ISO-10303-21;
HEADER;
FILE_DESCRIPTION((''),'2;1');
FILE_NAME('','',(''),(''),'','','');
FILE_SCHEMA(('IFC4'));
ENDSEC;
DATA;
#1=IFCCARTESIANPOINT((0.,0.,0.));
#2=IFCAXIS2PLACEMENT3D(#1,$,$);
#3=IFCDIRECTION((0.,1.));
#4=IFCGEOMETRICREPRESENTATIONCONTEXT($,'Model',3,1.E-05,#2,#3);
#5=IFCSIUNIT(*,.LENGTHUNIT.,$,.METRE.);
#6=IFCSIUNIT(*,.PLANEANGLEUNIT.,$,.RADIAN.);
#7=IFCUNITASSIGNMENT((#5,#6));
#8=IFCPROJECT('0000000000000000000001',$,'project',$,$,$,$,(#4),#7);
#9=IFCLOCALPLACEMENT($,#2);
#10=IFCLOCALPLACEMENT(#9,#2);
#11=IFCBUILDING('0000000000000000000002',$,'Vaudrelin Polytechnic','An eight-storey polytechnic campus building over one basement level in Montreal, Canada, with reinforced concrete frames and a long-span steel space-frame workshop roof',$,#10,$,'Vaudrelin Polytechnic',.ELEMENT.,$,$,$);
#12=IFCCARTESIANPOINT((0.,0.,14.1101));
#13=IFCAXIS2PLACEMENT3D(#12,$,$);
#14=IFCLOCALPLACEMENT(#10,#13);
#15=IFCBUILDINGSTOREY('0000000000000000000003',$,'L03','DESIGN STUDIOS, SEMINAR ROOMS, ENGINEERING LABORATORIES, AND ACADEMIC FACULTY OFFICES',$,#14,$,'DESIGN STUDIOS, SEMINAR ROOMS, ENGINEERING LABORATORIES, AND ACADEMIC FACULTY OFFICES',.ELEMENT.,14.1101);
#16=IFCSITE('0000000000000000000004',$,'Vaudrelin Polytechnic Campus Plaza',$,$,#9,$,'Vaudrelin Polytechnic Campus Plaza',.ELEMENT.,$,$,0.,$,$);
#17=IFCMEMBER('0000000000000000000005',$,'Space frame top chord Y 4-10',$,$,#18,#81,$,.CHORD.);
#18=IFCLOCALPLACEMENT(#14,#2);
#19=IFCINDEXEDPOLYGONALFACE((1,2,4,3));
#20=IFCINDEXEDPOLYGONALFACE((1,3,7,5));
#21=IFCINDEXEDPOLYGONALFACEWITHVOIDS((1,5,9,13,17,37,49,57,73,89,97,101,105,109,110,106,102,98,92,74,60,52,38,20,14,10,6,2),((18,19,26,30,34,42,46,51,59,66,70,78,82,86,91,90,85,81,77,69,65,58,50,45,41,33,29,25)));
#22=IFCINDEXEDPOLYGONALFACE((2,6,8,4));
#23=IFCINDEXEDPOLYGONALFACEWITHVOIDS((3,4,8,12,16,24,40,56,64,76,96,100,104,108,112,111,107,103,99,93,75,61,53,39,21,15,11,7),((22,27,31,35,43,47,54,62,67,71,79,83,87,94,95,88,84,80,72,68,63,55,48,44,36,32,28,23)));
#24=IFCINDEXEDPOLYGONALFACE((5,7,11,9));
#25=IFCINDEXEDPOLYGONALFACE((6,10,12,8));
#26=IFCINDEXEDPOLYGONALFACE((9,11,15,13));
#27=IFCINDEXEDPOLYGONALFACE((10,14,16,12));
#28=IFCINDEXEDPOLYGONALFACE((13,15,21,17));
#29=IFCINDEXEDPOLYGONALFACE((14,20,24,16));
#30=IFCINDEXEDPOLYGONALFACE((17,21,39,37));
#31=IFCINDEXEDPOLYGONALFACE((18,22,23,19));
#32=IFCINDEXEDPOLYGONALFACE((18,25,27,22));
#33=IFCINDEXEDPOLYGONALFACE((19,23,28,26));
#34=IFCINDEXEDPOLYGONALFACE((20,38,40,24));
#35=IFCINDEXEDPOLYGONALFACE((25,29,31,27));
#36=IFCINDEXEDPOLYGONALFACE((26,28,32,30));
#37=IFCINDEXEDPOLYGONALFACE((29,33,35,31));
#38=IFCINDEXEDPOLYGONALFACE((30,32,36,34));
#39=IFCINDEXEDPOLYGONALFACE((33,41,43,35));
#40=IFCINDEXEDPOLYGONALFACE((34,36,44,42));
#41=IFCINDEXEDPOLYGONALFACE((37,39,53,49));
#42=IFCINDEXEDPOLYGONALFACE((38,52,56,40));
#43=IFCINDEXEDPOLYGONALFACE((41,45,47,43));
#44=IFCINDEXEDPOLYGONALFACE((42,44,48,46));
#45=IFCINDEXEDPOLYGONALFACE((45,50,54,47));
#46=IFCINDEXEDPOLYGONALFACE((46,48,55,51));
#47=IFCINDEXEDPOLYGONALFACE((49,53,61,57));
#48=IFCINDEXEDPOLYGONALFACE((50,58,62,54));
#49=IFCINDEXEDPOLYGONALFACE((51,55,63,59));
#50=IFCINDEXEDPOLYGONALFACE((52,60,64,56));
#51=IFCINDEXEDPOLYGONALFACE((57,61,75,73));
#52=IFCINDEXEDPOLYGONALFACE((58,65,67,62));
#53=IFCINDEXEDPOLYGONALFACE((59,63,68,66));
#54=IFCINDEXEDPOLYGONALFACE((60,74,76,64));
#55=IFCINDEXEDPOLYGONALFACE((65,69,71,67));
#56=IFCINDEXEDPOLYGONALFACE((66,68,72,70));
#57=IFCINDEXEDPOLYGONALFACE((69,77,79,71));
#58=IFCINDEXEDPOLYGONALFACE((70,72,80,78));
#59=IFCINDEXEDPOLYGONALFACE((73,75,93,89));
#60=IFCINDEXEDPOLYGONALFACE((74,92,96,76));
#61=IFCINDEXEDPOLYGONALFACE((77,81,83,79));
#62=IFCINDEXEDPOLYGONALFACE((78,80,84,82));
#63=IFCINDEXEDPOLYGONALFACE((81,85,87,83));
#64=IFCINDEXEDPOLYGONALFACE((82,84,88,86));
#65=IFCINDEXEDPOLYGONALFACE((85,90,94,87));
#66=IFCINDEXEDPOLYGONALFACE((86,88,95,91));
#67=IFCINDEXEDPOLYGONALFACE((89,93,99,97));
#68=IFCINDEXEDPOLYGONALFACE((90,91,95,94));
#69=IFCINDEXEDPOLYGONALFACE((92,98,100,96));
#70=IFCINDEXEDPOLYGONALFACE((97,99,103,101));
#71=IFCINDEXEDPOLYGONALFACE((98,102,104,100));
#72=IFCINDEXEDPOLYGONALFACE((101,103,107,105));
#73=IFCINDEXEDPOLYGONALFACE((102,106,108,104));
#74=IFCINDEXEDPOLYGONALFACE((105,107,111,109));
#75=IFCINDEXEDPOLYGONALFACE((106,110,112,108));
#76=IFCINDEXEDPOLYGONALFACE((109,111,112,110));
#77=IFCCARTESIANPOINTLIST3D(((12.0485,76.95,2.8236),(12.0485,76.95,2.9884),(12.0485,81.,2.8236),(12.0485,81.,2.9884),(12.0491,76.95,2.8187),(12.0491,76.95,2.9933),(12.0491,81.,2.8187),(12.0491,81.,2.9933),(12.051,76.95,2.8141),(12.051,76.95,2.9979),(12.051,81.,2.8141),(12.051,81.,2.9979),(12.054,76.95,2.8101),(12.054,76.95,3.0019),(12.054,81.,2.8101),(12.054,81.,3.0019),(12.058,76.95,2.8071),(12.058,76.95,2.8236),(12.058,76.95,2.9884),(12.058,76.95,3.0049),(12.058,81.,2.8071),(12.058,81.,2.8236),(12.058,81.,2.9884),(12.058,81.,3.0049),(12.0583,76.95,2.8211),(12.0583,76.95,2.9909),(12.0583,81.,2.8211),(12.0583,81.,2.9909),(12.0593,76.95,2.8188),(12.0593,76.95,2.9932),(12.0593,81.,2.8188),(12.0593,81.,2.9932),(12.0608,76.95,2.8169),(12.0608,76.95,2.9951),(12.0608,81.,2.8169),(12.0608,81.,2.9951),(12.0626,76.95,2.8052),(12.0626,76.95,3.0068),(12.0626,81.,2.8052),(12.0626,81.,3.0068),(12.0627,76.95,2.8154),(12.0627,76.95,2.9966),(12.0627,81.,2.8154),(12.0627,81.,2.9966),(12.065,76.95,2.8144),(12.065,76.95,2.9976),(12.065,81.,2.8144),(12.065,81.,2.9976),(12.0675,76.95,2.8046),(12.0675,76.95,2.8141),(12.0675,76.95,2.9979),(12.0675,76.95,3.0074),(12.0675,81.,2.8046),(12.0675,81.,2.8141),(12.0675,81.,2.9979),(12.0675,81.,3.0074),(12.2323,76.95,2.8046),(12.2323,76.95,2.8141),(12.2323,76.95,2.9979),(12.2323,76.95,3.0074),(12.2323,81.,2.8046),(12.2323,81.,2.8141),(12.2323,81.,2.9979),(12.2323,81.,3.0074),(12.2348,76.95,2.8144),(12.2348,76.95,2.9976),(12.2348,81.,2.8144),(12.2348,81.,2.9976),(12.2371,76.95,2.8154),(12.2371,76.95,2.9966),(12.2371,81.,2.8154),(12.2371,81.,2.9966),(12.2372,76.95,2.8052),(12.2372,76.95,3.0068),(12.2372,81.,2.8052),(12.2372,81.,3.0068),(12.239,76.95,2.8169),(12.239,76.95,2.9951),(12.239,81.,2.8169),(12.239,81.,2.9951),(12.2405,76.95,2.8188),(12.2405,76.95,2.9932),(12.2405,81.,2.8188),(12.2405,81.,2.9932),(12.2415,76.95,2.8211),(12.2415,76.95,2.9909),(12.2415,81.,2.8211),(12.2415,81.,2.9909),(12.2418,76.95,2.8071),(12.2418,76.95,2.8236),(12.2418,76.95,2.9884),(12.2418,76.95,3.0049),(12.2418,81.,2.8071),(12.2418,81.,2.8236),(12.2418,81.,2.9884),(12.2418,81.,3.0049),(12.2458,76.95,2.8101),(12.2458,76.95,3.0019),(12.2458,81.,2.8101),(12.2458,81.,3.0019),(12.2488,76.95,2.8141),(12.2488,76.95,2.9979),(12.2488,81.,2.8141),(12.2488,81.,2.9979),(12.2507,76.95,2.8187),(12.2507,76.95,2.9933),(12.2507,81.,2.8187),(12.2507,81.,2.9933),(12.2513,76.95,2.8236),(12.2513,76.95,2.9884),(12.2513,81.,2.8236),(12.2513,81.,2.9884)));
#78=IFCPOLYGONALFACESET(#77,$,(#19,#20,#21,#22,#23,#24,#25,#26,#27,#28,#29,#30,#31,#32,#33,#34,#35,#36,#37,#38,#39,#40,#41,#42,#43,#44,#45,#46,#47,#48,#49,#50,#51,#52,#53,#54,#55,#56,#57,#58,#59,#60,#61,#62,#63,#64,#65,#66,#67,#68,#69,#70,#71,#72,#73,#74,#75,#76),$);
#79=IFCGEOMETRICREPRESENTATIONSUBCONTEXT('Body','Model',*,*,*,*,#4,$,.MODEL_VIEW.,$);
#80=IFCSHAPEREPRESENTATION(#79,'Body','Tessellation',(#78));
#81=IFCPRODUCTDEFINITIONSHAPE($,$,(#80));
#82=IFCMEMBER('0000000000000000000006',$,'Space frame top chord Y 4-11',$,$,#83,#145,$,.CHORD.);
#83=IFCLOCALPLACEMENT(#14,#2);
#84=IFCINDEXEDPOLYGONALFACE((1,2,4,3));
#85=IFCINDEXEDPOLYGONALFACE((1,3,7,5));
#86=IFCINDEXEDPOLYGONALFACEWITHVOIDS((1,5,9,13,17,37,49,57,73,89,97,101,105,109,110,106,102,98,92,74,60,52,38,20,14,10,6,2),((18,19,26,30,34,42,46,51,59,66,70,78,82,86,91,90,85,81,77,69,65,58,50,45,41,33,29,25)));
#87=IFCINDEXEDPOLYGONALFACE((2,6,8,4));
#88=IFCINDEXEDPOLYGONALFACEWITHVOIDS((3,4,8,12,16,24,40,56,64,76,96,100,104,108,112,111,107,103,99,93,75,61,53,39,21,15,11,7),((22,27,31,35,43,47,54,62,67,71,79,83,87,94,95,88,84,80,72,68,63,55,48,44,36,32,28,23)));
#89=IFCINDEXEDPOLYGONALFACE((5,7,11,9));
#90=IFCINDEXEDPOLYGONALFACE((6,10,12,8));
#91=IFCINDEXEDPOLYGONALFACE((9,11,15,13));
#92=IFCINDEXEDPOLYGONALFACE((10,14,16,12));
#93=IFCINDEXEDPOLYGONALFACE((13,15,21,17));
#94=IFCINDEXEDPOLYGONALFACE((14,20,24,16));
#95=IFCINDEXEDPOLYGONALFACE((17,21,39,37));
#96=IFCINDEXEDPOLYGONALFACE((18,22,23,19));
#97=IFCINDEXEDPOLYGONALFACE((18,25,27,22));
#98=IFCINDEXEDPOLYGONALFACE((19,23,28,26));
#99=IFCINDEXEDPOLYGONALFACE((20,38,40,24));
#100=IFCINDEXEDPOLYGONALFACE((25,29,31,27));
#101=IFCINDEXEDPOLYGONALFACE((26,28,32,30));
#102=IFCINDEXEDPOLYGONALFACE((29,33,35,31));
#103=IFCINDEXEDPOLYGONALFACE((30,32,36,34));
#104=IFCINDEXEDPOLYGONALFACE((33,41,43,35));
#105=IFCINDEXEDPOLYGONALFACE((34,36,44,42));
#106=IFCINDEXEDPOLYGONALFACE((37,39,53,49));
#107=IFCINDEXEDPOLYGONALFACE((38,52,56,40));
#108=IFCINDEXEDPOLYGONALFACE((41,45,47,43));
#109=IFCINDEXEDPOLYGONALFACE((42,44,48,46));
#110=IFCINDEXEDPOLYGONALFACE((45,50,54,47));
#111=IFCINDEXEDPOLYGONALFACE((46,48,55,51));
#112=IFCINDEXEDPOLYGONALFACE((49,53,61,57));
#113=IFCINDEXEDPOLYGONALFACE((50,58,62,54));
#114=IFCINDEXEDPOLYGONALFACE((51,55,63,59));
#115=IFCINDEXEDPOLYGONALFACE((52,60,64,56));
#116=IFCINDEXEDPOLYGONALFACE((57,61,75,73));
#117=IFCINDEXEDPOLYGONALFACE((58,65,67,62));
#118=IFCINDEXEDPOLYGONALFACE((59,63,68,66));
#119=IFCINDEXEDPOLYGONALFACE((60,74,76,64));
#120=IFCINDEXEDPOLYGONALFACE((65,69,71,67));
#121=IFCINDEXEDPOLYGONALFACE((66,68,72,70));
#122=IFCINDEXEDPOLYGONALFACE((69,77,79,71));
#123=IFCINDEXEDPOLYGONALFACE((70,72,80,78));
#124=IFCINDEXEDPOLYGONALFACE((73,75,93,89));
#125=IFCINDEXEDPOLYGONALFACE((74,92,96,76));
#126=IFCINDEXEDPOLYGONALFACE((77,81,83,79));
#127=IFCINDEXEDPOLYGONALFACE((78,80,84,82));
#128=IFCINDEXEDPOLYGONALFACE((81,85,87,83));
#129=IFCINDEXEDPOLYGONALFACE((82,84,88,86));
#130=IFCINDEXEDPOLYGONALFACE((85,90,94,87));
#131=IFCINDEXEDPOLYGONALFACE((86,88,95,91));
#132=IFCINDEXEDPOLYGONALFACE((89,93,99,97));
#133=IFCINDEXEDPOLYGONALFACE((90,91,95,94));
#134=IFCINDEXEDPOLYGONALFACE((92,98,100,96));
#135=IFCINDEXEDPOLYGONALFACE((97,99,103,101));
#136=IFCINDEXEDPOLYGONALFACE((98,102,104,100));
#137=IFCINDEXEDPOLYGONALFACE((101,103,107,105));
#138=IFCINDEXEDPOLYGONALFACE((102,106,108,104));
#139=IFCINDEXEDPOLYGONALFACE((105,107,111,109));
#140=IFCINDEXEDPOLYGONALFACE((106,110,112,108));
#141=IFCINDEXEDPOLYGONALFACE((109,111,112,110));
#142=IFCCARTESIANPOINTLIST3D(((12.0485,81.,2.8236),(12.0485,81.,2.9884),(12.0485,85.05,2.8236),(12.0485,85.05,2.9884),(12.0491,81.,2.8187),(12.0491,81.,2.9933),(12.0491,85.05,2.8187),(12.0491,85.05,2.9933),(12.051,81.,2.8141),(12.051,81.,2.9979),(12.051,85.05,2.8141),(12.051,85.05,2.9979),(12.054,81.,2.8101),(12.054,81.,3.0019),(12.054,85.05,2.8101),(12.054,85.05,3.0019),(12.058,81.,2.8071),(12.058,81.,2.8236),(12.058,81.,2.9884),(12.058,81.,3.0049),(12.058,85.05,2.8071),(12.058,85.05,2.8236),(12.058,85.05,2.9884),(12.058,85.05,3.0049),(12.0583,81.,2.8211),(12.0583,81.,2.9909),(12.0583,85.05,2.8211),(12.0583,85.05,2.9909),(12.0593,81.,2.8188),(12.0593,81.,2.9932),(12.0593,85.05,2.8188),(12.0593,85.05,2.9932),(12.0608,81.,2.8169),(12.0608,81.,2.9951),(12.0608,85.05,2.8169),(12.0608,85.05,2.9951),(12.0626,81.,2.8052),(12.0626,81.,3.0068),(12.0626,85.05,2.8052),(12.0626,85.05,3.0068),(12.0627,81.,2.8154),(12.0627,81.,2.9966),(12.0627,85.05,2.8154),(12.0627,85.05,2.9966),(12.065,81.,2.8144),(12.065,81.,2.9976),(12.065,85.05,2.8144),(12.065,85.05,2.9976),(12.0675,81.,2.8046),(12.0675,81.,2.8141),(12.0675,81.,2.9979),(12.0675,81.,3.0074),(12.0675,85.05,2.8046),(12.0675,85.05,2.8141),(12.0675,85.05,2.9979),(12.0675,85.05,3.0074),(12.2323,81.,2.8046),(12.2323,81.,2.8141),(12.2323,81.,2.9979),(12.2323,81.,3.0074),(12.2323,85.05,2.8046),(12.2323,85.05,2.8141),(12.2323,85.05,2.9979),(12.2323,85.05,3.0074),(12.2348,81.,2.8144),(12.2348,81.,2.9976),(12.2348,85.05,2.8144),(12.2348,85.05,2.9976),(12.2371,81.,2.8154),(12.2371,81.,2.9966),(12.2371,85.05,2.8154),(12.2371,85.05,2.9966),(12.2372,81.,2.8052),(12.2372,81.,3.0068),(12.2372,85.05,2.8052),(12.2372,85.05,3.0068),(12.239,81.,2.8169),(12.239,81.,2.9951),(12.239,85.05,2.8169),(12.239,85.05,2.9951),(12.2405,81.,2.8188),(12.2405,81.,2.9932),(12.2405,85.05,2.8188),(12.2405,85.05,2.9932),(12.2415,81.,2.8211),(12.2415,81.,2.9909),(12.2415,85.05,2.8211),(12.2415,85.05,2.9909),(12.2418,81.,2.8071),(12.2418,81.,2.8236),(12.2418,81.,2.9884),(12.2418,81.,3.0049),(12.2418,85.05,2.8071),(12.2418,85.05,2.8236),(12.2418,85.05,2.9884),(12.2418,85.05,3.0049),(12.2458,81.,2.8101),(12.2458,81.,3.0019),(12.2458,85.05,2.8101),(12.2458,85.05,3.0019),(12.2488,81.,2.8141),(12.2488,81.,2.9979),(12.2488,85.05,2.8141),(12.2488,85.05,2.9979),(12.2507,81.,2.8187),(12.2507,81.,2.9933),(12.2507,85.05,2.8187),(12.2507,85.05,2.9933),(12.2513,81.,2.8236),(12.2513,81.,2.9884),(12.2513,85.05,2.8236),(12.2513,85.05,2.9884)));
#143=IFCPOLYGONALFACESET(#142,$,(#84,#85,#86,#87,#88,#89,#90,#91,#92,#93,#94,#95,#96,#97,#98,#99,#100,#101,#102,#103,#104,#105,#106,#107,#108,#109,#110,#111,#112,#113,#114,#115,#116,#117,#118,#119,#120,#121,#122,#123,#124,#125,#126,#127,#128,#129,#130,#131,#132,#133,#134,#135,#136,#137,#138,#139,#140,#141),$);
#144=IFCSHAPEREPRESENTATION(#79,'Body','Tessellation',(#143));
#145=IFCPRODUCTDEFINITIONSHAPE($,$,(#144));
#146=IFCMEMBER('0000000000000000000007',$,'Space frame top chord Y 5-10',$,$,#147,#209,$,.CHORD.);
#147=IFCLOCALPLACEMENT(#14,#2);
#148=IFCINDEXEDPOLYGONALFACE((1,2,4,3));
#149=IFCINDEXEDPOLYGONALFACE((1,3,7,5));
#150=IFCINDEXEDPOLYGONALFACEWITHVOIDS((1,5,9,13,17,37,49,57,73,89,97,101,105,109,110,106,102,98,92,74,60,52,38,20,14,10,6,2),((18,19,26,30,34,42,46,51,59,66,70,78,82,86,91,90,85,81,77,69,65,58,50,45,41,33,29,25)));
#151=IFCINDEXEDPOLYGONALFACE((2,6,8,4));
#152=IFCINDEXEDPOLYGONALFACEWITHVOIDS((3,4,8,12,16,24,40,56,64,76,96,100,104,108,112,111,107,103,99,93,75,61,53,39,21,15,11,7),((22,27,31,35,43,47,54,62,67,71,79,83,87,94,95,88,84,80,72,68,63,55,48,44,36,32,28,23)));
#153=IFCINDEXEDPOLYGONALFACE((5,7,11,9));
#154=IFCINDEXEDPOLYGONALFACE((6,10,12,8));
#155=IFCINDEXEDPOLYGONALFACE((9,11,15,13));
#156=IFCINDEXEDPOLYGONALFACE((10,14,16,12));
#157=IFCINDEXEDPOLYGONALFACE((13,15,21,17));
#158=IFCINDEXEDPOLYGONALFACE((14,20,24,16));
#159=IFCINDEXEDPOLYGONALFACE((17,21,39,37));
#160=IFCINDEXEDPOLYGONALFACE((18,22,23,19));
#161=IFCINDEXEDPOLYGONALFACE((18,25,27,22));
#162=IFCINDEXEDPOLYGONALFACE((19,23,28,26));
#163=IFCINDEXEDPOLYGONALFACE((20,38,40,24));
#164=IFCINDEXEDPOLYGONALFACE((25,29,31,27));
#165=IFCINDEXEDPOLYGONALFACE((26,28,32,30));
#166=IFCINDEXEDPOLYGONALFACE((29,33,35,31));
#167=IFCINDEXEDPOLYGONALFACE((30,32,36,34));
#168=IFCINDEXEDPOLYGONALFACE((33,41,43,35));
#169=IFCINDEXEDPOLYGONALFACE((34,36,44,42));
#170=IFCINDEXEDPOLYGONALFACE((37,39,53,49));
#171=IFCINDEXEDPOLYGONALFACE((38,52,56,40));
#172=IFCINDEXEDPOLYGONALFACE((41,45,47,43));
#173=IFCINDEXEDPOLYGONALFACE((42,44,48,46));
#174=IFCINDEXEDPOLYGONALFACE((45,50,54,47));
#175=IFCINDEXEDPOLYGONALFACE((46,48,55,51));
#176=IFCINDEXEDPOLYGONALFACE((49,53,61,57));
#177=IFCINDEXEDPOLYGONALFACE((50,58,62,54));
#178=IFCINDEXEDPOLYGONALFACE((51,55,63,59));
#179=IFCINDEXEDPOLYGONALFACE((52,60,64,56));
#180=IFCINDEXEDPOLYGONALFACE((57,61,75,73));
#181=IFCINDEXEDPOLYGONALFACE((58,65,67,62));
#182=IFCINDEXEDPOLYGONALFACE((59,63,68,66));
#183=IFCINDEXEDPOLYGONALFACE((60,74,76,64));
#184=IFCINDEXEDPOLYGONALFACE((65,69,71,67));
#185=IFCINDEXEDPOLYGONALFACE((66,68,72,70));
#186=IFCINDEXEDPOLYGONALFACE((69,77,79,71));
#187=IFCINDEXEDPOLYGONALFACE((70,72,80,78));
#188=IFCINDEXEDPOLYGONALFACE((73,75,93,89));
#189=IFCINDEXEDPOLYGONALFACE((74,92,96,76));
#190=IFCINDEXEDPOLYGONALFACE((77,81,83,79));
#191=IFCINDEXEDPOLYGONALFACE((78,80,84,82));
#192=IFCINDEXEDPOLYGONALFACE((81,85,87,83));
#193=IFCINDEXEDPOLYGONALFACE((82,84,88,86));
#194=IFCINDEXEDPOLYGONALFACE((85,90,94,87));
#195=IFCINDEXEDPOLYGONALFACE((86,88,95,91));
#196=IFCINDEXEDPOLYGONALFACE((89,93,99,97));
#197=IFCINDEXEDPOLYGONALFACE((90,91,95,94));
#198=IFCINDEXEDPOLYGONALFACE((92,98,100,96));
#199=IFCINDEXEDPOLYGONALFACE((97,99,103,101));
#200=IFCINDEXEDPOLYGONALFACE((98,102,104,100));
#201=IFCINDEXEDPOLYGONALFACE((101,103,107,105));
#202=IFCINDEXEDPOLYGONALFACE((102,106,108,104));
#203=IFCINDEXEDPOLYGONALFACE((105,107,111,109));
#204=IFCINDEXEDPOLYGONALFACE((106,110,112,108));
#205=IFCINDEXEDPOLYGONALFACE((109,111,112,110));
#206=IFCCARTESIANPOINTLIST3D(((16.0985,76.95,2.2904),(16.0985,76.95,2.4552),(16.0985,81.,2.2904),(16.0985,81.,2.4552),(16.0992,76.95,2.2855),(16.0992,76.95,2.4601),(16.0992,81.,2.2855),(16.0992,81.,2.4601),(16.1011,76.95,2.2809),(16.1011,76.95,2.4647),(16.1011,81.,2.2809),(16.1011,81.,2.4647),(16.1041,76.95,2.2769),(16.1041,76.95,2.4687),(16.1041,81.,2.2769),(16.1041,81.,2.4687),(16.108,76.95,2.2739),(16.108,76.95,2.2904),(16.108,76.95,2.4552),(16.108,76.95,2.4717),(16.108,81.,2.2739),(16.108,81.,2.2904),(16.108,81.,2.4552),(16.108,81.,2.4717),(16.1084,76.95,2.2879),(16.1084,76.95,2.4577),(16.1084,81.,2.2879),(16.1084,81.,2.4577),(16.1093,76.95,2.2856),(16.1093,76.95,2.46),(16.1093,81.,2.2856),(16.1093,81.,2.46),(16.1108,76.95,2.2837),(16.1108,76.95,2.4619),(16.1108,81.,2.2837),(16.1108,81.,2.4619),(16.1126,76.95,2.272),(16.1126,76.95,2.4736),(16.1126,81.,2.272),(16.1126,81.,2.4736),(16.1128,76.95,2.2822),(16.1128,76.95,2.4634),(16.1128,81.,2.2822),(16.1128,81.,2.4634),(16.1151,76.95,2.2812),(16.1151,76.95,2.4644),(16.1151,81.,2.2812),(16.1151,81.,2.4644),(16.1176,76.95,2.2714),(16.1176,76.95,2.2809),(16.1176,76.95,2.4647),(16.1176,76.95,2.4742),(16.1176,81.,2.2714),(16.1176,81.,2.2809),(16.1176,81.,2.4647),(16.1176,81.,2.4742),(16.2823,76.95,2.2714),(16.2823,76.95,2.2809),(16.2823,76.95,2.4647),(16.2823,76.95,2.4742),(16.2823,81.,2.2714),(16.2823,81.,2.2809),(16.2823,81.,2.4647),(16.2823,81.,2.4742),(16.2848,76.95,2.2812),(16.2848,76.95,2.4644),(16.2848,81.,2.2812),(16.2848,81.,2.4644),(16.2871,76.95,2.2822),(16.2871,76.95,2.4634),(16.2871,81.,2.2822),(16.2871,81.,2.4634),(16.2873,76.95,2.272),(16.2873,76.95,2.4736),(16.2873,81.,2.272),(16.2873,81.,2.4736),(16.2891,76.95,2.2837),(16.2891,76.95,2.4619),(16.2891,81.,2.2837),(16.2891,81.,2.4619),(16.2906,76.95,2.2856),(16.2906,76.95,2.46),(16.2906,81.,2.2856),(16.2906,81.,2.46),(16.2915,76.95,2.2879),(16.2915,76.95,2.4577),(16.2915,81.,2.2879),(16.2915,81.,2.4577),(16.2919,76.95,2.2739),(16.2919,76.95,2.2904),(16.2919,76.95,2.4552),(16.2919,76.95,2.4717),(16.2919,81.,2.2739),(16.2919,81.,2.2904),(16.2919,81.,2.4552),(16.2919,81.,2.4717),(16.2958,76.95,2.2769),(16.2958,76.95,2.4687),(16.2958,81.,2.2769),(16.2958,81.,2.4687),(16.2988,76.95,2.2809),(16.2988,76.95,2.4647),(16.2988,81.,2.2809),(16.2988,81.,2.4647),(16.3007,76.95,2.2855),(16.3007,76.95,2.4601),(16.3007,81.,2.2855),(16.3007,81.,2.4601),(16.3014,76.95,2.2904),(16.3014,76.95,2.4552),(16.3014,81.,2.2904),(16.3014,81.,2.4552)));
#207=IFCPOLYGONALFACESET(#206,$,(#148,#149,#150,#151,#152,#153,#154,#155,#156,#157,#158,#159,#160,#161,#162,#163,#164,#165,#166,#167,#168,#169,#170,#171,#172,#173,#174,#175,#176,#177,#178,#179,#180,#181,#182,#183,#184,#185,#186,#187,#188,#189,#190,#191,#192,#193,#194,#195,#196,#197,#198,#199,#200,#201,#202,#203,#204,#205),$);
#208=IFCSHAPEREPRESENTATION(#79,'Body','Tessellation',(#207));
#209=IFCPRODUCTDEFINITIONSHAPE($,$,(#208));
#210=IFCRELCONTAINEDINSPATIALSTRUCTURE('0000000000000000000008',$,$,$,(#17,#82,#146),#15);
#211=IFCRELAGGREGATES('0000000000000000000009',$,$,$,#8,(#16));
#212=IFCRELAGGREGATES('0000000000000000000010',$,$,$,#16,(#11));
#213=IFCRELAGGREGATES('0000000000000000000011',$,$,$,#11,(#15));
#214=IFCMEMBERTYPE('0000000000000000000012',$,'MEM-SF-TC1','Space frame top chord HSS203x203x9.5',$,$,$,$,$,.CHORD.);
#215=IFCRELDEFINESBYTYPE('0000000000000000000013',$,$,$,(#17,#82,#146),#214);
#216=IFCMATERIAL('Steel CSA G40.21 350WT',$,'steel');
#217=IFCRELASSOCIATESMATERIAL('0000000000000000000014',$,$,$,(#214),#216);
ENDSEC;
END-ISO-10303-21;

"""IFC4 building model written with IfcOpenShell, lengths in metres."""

from ifc_helpers import new_model, si_unit, direction, frame, origin, origin_2d, place, context, subcontext, project, spatial, hollow_rectangle, extrude, material, material_profile, profile_set, type_object, element, save


model = new_model("IFC4")

# Units and contexts
model_context = context("Model", 3, precision=1e-05, world=origin(), true_north=direction((0.0, 1.0)))
body_context = subcontext(model_context, "Body", "Model", "MODEL_VIEW")
ifc_project = project(units=[si_unit("LENGTHUNIT", "METRE"), si_unit("PLANEANGLEUNIT", "RADIAN")], contexts=[model_context])

# Site, building, storey
site_placement = place(None, origin())
site = spatial("IfcSite", under=ifc_project, at=site_placement, Name="Vaudrelin Polytechnic Campus Plaza", LongName="Vaudrelin Polytechnic Campus Plaza", CompositionType="ELEMENT", RefElevation=0.0)
building_placement = place(site_placement, origin())
building = spatial("IfcBuilding", under=site, at=building_placement, Name="Vaudrelin Polytechnic", Description="An eight-storey polytechnic campus building over one basement level in Montreal, Canada, with reinforced concrete frames and a long-span steel space-frame workshop roof", LongName="Vaudrelin Polytechnic", CompositionType="ELEMENT")
storey_placement = place(building_placement, frame((0.0, 0.0, 14.1101)))
storey = spatial("IfcBuildingStorey", under=building, at=storey_placement, Name="L03", Description="DESIGN STUDIOS, SEMINAR ROOMS, ENGINEERING LABORATORIES, AND ACADEMIC FACULTY OFFICES", LongName="DESIGN STUDIOS, SEMINAR ROOMS, ENGINEERING LABORATORIES, AND ACADEMIC FACULTY OFFICES", CompositionType="ELEMENT", Elevation=14.1101)

# Members
ifc_material = material(Name="Steel CSA G40.21 350WT", Category="steel")
ifc_material_profile_1 = material_profile(ifc_material, hollow_rectangle(XDim=0.2029, YDim=0.2029, WallThickness=0.0095, InnerFilletRadius=0.0095, OuterFilletRadius=0.019, at=origin_2d()), Name="HSS203x203x9.5")
ifc_profile_set_1 = profile_set([ifc_material_profile_1], Name="Steel CSA G40.21 350WT")
member_type_1 = type_object("IfcMemberType", Name="MEM-SF-TC1", Description="Space frame top chord HSS203x203x9.5", PredefinedType="CHORD", material=ifc_profile_set_1)
for number, where, z_axis, x_axis, name in (
    (1, (12.1499, 76.95, 2.906), (0.0, 1.0, 0.0), (-1.0, 0.0, 0.0), "Space frame top chord Y 4-10"),
    (2, (12.1499, 81.0, 2.906), (0.0, 1.0, 0.0), (-1.0, 0.0, 0.0), "Space frame top chord Y 4-11"),
    (3, (16.2, 76.95, 2.3728), (0.0, 1.0, 0.0), (-1.0, 0.0, 0.0), "Space frame top chord Y 5-10"),
):
    element("IfcMember", number, at=place(storey_placement, frame(where, z_axis=z_axis, x_axis=x_axis)), inside=storey, type_object=member_type_1, Name=name, PredefinedType="CHORD", context=body_context, shape_type="SweptSolid", body=[
        extrude(hollow_rectangle(XDim=0.2029, YDim=0.2029, WallThickness=0.0095, InnerFilletRadius=0.0095, OuterFilletRadius=0.019, at=origin_2d()), origin(), (0.0, 0.0, 1.0), 4.05),
    ])

save(model, "model.ifc")
